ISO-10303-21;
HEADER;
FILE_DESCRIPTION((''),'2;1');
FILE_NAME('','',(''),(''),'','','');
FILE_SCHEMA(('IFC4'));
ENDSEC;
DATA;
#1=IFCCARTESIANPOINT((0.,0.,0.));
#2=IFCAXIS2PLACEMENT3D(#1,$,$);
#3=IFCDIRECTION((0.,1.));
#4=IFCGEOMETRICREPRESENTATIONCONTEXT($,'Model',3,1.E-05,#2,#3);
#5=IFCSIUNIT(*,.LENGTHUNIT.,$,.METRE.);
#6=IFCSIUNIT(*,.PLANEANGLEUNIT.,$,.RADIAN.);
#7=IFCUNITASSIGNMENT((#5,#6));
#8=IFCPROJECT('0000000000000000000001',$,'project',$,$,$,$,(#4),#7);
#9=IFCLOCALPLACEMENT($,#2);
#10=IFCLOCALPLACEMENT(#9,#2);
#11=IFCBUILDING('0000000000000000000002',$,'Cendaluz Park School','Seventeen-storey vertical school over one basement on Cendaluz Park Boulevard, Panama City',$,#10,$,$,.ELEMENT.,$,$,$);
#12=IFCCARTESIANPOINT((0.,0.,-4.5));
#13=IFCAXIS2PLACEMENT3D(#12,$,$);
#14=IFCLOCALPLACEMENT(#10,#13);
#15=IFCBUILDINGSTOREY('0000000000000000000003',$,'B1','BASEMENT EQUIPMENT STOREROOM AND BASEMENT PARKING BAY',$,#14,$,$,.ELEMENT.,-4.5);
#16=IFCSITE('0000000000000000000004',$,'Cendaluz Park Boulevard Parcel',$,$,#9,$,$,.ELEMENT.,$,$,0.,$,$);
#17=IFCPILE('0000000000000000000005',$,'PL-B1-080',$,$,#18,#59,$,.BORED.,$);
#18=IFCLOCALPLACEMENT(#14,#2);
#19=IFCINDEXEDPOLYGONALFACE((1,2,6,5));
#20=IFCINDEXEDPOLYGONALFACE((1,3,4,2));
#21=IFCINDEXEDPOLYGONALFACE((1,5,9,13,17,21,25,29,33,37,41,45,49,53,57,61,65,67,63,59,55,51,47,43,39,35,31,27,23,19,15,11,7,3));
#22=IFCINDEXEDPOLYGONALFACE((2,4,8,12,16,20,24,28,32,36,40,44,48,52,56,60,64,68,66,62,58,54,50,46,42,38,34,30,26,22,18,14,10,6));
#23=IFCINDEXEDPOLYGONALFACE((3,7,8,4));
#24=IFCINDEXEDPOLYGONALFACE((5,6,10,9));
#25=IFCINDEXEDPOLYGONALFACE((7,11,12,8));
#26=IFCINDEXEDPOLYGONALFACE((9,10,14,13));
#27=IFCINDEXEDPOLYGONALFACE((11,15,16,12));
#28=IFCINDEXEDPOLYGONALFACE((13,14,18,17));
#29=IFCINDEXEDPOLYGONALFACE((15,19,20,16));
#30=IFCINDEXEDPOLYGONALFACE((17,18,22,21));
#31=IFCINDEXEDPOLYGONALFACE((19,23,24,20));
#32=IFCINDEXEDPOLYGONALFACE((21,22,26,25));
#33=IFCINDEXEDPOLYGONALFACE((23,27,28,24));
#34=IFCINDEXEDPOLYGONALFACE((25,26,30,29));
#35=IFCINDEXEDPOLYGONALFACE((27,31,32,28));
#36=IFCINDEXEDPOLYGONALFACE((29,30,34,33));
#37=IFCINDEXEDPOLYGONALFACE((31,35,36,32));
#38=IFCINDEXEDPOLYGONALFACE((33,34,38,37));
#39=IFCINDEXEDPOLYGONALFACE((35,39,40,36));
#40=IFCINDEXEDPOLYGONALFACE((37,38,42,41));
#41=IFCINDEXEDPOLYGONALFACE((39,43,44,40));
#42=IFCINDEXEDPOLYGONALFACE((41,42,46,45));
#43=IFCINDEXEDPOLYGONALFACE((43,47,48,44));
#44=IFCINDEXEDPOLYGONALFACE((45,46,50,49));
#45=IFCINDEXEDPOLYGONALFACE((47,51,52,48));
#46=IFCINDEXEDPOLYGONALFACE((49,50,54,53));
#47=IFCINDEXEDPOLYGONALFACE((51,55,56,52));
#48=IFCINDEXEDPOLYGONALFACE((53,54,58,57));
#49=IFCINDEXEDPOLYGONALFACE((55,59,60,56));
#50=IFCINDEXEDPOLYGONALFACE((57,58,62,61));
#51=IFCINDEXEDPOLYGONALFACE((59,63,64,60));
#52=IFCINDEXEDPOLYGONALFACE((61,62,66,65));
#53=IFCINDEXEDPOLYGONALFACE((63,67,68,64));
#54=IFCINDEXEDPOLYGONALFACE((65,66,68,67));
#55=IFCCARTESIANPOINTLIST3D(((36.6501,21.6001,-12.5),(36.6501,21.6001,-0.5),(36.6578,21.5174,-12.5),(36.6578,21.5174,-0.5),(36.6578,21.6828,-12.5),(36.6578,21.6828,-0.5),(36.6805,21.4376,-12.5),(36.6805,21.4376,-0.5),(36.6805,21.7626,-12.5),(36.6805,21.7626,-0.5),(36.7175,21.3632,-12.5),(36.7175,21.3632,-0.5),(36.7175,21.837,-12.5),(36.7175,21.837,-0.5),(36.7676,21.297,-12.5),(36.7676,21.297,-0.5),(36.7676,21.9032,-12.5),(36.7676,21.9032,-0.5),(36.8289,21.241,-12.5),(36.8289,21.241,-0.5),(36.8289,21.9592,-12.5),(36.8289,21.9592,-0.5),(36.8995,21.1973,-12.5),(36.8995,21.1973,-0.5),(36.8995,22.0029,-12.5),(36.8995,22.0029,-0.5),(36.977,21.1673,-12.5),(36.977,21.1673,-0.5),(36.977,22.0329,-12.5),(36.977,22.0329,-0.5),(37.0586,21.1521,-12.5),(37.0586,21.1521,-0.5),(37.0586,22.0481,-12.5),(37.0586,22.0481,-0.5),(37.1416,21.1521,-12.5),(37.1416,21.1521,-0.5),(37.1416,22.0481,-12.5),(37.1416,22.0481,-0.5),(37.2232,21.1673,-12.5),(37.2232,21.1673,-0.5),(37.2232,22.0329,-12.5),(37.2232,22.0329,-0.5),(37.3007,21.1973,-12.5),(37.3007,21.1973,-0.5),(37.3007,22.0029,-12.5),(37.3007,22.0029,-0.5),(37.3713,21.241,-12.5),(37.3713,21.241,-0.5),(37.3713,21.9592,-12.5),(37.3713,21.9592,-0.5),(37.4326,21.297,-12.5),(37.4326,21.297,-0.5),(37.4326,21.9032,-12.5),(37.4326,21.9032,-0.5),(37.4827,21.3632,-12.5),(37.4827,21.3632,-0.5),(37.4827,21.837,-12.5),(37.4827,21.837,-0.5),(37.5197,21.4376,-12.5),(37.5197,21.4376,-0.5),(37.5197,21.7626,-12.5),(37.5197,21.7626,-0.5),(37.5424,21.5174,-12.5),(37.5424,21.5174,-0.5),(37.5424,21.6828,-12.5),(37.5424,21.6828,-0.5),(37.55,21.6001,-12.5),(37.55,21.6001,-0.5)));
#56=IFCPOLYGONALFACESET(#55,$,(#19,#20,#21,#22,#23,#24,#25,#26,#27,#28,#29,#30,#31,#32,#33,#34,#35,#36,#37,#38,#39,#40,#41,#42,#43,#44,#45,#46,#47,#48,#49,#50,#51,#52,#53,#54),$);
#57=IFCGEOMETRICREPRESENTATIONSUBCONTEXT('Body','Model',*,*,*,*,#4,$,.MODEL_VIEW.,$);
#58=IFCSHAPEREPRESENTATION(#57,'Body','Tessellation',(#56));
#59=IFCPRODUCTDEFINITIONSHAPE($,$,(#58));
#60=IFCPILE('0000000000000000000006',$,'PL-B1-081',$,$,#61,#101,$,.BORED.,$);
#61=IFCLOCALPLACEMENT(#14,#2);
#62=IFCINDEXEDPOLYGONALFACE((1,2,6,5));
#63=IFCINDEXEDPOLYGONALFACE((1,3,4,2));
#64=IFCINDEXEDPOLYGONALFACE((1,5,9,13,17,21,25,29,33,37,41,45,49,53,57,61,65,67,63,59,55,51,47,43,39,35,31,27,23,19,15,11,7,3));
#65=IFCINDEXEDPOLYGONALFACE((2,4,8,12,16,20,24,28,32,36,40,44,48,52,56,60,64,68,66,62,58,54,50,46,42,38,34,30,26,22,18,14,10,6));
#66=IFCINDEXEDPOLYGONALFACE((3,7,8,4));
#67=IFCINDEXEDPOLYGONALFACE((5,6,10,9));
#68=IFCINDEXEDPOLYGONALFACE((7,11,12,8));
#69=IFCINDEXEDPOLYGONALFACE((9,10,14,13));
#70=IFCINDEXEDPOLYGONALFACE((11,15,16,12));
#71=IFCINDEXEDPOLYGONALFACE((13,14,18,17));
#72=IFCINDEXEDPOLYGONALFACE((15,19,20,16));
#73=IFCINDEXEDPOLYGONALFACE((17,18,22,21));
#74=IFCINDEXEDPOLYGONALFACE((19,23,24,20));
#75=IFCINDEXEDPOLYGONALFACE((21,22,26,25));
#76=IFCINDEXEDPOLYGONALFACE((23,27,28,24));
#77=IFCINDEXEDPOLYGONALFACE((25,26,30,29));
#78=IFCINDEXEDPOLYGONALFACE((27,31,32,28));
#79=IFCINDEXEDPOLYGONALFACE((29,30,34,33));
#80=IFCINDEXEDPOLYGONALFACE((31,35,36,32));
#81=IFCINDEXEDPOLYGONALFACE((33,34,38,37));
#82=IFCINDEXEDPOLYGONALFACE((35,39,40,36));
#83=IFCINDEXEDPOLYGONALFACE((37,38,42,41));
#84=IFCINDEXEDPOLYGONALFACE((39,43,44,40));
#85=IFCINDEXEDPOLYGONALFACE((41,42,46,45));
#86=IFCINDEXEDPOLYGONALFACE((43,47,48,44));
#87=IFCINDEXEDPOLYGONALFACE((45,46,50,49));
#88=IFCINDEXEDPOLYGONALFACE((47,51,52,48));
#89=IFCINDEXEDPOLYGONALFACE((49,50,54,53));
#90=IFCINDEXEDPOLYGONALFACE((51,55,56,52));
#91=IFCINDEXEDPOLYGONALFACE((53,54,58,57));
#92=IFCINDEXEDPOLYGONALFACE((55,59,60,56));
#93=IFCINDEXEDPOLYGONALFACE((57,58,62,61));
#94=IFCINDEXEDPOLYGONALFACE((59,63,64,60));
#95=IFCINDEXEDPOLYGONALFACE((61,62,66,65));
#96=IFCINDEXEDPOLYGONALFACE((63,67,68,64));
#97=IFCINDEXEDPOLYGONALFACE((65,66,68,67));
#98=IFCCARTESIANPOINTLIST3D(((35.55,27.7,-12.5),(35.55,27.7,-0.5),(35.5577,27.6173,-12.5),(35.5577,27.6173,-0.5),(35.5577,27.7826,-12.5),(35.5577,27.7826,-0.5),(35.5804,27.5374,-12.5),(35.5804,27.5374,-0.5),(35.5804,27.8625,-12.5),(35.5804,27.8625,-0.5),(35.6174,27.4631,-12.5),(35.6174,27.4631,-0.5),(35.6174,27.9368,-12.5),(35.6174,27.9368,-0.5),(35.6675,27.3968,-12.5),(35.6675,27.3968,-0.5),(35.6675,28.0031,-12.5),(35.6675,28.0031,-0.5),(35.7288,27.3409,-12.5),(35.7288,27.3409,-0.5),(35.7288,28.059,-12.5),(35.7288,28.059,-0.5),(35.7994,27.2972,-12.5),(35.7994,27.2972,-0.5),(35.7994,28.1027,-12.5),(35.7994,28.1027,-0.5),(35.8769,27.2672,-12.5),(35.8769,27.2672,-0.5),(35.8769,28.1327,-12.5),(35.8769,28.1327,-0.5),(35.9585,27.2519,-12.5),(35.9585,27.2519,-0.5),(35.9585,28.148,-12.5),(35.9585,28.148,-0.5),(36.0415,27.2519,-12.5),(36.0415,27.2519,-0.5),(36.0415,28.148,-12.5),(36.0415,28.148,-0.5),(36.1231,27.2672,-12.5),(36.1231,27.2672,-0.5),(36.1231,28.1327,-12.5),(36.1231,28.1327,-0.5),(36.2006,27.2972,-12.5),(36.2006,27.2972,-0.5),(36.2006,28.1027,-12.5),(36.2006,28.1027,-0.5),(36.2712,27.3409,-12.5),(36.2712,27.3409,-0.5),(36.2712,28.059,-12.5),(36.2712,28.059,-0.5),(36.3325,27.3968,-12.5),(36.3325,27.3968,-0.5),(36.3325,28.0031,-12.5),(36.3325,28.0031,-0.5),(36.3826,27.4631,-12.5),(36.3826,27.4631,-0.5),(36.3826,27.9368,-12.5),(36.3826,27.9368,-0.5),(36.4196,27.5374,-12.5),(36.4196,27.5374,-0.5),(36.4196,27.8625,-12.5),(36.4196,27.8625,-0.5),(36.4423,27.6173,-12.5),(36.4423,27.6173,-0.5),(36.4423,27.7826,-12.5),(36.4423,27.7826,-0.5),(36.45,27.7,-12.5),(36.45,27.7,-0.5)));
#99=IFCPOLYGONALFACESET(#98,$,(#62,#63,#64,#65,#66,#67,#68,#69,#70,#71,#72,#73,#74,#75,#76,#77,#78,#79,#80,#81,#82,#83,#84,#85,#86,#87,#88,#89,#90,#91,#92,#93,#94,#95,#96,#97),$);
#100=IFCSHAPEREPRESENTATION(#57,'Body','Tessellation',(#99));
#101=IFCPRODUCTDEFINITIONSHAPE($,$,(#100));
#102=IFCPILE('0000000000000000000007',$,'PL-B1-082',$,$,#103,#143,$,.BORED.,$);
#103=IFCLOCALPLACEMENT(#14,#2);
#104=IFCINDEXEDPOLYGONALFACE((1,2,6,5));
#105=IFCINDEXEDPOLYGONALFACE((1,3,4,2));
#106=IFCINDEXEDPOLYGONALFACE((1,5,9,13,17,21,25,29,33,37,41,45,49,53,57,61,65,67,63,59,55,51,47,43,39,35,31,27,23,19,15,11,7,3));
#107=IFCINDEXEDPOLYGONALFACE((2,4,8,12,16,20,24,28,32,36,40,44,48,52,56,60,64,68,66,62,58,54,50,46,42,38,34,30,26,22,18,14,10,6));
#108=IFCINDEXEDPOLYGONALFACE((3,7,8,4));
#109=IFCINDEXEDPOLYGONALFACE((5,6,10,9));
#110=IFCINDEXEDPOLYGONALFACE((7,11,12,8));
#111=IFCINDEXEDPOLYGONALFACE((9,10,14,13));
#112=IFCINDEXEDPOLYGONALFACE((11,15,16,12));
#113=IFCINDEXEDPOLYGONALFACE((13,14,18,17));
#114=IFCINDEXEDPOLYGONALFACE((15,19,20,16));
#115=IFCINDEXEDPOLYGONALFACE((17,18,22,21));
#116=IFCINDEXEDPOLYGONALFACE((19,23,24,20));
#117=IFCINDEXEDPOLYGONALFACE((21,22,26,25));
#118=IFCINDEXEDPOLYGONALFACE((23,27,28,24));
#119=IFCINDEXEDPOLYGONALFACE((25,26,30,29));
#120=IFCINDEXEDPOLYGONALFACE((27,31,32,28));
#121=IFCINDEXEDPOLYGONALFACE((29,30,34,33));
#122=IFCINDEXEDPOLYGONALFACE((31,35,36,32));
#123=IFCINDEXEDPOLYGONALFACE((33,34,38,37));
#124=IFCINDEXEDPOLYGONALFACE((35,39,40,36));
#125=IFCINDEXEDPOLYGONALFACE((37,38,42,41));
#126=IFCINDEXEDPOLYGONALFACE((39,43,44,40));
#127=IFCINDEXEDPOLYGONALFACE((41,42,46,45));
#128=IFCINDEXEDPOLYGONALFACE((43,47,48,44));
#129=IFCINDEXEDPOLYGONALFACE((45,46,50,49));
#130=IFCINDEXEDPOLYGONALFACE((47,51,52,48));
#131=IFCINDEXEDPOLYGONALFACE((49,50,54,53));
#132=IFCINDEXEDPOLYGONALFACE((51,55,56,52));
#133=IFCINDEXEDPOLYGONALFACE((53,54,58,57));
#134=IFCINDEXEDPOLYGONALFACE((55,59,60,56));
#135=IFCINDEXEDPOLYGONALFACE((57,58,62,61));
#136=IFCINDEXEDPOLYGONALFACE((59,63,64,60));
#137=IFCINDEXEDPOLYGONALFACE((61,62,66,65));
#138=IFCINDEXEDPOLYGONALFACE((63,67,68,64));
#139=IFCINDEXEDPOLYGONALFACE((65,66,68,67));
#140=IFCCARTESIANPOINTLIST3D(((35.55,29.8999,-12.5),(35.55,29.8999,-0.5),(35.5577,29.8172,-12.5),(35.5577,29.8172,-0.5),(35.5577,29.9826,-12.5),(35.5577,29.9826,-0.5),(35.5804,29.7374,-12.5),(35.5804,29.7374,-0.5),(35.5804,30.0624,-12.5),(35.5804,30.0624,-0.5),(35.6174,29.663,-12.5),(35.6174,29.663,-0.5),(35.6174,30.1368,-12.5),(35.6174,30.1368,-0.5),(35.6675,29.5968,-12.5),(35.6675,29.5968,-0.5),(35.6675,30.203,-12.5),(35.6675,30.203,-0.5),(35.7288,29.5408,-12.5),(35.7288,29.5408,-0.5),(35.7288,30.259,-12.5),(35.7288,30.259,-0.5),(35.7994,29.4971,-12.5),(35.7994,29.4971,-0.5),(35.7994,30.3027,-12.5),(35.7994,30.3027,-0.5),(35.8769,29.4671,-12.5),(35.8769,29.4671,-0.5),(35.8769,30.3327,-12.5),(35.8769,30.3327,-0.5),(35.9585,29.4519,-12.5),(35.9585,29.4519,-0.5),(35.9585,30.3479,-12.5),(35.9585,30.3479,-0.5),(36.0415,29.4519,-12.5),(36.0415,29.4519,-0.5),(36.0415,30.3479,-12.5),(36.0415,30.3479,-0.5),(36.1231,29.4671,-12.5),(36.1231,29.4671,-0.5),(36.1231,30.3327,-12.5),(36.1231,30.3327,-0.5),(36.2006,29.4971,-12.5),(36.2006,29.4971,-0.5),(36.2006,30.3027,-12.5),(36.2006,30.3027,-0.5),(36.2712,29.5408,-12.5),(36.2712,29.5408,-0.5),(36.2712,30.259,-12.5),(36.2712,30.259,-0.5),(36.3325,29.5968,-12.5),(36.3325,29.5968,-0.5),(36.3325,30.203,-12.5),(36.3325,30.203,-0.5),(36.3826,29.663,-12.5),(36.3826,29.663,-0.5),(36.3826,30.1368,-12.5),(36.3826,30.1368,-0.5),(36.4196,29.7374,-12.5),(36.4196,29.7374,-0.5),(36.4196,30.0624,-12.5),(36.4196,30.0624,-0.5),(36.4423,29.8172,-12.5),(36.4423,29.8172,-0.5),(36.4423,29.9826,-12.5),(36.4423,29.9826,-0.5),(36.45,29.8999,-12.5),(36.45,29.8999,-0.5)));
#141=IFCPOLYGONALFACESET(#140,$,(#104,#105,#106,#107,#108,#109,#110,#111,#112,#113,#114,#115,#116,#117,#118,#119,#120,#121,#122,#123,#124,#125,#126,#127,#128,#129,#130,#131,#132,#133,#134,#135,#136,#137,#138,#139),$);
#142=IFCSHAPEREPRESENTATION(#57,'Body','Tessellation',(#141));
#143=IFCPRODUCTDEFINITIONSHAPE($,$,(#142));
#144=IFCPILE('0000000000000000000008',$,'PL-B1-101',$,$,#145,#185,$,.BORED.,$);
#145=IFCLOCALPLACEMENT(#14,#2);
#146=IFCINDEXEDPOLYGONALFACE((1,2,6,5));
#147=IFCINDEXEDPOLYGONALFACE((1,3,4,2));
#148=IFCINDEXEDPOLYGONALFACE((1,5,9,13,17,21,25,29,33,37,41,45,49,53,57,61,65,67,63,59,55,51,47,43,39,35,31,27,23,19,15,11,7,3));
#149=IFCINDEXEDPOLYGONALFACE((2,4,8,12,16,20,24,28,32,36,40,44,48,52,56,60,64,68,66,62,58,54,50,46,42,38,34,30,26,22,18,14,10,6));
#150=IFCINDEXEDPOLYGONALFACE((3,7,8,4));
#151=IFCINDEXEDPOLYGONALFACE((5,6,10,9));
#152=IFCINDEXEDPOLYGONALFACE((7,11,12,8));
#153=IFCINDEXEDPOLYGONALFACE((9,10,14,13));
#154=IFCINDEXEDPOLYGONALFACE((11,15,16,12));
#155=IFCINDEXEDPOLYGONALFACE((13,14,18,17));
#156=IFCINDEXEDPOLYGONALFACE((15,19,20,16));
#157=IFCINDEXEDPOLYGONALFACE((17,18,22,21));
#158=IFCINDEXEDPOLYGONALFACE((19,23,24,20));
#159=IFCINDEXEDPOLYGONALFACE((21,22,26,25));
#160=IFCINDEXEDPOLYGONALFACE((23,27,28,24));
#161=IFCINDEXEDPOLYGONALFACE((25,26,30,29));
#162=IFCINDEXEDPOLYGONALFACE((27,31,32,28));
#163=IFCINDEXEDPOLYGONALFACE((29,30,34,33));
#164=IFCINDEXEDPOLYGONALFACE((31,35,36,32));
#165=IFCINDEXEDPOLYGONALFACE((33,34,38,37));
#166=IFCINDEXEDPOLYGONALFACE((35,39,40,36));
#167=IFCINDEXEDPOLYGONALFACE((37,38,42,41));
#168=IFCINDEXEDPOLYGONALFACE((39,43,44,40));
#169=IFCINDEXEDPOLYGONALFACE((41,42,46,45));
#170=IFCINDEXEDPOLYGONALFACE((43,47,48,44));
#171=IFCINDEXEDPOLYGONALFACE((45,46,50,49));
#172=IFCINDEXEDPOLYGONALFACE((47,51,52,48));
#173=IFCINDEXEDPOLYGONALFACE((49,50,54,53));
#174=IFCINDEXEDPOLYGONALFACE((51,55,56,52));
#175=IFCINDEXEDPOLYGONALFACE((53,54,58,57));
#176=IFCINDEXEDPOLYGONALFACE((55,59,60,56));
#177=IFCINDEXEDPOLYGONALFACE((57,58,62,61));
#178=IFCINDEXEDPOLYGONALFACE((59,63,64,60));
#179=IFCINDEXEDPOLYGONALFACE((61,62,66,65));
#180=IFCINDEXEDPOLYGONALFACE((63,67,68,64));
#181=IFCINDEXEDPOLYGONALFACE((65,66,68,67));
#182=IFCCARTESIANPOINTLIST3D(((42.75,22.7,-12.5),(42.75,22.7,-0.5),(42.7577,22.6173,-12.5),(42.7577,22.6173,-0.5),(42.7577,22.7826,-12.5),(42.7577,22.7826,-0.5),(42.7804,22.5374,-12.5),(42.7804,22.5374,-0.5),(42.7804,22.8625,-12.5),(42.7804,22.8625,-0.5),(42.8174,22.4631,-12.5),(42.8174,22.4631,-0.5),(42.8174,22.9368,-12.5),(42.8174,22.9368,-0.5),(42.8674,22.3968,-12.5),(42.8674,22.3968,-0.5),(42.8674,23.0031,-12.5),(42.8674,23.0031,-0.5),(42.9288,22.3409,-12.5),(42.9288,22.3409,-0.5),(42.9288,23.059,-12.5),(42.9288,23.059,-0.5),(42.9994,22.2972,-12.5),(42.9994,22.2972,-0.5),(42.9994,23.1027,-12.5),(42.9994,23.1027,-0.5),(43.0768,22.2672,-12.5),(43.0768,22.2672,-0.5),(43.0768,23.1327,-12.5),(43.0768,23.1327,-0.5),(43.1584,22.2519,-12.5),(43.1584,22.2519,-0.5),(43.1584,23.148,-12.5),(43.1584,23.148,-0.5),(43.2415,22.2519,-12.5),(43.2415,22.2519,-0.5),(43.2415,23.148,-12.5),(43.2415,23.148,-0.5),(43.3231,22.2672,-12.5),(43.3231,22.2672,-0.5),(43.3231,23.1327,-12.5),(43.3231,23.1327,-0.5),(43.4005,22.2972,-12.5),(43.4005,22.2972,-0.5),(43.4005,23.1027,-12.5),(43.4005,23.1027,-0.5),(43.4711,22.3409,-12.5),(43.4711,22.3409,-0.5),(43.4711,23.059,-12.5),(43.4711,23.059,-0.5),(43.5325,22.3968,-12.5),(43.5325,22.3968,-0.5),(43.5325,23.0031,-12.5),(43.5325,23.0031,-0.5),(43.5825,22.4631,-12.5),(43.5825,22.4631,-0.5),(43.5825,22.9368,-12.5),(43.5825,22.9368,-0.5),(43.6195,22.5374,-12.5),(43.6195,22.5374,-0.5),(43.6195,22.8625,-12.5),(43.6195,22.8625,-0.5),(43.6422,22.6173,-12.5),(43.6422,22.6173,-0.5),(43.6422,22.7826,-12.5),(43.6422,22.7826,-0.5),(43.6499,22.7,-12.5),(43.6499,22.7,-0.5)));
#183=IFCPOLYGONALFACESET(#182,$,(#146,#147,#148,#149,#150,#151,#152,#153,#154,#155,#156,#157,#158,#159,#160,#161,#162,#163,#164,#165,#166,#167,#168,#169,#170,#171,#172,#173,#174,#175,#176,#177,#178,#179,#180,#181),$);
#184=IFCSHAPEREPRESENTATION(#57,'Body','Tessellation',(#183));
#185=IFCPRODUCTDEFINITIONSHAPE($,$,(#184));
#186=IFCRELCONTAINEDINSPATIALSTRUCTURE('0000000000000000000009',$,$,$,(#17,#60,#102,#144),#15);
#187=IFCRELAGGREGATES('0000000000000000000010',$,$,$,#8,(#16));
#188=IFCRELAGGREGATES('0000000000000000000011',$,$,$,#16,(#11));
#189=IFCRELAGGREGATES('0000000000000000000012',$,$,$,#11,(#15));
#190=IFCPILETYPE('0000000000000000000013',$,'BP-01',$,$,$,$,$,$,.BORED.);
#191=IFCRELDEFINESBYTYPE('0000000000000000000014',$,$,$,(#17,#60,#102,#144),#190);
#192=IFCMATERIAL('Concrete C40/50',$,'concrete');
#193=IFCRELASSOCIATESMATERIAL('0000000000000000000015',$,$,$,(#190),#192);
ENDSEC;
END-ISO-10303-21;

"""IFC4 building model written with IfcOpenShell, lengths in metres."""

from ifc_helpers import new_model, si_unit, direction, frame, origin, origin_2d, place, context, subcontext, project, spatial, circle, extrude, material, material_profile, profile_set, type_object, element, save


model = new_model("IFC4")

# Units and contexts
model_context = context("Model", 3, precision=1e-05, world=origin(), true_north=direction((0.0, 1.0)))
body_context = subcontext(model_context, "Body", "Model", "MODEL_VIEW")
ifc_project = project(units=[si_unit("LENGTHUNIT", "METRE"), si_unit("PLANEANGLEUNIT", "RADIAN")], contexts=[model_context])

# Site, building, storey
site_placement = place(None, origin())
site = spatial("IfcSite", under=ifc_project, at=site_placement, Name="Cendaluz Park Boulevard Parcel", CompositionType="ELEMENT", RefElevation=0.0)
building_placement = place(site_placement, origin())
building = spatial("IfcBuilding", under=site, at=building_placement, Name="Cendaluz Park School", Description="Seventeen-storey vertical school over one basement on Cendaluz Park Boulevard, Panama City", CompositionType="ELEMENT")
storey_placement = place(building_placement, frame((0.0, 0.0, -4.5)))
storey = spatial("IfcBuildingStorey", under=building, at=storey_placement, Name="B1", Description="BASEMENT EQUIPMENT STOREROOM AND BASEMENT PARKING BAY", CompositionType="ELEMENT", Elevation=-4.5)

# Piles
ifc_material_1 = material(Name="Concrete C40/50", Category="concrete")
ifc_material_profile_1 = material_profile(ifc_material_1, circle(Radius=0.45, at=origin_2d()), Name="BP D900", Category="concrete")
ifc_profile_set_1 = profile_set([ifc_material_profile_1], Name="Concrete C40/50")
pile_type_1 = type_object("IfcPileType", Name="BP-01", PredefinedType="BORED", material=ifc_profile_set_1)
for number, where, z_axis, x_axis, name in (
    (1, (37.1001, 21.6001, -0.5), (0.0, 0.0, -1.0), (1.0, 0.0, 0.0), "PL-B1-080"),
    (2, (36.0, 27.7, -0.5), (0.0, 0.0, -1.0), (1.0, 0.0, 0.0), "PL-B1-081"),
    (3, (36.0, 29.8999, -0.5), (0.0, 0.0, -1.0), (1.0, 0.0, 0.0), "PL-B1-082"),
    (4, (43.2, 22.7, -0.5), (0.0, 0.0, -1.0), (1.0, 0.0, 0.0), "PL-B1-101"),
):
    element("IfcPile", number, at=place(storey_placement, frame(where, z_axis=z_axis, x_axis=x_axis)), inside=storey, type_object=pile_type_1, Name=name, PredefinedType="BORED", context=body_context, shape_type="SweptSolid", body=[
        extrude(circle(Radius=0.45, at=origin_2d()), origin(), (0.0, 0.0, 1.0), 12.0),
    ])

save(model, "model.ifc")
